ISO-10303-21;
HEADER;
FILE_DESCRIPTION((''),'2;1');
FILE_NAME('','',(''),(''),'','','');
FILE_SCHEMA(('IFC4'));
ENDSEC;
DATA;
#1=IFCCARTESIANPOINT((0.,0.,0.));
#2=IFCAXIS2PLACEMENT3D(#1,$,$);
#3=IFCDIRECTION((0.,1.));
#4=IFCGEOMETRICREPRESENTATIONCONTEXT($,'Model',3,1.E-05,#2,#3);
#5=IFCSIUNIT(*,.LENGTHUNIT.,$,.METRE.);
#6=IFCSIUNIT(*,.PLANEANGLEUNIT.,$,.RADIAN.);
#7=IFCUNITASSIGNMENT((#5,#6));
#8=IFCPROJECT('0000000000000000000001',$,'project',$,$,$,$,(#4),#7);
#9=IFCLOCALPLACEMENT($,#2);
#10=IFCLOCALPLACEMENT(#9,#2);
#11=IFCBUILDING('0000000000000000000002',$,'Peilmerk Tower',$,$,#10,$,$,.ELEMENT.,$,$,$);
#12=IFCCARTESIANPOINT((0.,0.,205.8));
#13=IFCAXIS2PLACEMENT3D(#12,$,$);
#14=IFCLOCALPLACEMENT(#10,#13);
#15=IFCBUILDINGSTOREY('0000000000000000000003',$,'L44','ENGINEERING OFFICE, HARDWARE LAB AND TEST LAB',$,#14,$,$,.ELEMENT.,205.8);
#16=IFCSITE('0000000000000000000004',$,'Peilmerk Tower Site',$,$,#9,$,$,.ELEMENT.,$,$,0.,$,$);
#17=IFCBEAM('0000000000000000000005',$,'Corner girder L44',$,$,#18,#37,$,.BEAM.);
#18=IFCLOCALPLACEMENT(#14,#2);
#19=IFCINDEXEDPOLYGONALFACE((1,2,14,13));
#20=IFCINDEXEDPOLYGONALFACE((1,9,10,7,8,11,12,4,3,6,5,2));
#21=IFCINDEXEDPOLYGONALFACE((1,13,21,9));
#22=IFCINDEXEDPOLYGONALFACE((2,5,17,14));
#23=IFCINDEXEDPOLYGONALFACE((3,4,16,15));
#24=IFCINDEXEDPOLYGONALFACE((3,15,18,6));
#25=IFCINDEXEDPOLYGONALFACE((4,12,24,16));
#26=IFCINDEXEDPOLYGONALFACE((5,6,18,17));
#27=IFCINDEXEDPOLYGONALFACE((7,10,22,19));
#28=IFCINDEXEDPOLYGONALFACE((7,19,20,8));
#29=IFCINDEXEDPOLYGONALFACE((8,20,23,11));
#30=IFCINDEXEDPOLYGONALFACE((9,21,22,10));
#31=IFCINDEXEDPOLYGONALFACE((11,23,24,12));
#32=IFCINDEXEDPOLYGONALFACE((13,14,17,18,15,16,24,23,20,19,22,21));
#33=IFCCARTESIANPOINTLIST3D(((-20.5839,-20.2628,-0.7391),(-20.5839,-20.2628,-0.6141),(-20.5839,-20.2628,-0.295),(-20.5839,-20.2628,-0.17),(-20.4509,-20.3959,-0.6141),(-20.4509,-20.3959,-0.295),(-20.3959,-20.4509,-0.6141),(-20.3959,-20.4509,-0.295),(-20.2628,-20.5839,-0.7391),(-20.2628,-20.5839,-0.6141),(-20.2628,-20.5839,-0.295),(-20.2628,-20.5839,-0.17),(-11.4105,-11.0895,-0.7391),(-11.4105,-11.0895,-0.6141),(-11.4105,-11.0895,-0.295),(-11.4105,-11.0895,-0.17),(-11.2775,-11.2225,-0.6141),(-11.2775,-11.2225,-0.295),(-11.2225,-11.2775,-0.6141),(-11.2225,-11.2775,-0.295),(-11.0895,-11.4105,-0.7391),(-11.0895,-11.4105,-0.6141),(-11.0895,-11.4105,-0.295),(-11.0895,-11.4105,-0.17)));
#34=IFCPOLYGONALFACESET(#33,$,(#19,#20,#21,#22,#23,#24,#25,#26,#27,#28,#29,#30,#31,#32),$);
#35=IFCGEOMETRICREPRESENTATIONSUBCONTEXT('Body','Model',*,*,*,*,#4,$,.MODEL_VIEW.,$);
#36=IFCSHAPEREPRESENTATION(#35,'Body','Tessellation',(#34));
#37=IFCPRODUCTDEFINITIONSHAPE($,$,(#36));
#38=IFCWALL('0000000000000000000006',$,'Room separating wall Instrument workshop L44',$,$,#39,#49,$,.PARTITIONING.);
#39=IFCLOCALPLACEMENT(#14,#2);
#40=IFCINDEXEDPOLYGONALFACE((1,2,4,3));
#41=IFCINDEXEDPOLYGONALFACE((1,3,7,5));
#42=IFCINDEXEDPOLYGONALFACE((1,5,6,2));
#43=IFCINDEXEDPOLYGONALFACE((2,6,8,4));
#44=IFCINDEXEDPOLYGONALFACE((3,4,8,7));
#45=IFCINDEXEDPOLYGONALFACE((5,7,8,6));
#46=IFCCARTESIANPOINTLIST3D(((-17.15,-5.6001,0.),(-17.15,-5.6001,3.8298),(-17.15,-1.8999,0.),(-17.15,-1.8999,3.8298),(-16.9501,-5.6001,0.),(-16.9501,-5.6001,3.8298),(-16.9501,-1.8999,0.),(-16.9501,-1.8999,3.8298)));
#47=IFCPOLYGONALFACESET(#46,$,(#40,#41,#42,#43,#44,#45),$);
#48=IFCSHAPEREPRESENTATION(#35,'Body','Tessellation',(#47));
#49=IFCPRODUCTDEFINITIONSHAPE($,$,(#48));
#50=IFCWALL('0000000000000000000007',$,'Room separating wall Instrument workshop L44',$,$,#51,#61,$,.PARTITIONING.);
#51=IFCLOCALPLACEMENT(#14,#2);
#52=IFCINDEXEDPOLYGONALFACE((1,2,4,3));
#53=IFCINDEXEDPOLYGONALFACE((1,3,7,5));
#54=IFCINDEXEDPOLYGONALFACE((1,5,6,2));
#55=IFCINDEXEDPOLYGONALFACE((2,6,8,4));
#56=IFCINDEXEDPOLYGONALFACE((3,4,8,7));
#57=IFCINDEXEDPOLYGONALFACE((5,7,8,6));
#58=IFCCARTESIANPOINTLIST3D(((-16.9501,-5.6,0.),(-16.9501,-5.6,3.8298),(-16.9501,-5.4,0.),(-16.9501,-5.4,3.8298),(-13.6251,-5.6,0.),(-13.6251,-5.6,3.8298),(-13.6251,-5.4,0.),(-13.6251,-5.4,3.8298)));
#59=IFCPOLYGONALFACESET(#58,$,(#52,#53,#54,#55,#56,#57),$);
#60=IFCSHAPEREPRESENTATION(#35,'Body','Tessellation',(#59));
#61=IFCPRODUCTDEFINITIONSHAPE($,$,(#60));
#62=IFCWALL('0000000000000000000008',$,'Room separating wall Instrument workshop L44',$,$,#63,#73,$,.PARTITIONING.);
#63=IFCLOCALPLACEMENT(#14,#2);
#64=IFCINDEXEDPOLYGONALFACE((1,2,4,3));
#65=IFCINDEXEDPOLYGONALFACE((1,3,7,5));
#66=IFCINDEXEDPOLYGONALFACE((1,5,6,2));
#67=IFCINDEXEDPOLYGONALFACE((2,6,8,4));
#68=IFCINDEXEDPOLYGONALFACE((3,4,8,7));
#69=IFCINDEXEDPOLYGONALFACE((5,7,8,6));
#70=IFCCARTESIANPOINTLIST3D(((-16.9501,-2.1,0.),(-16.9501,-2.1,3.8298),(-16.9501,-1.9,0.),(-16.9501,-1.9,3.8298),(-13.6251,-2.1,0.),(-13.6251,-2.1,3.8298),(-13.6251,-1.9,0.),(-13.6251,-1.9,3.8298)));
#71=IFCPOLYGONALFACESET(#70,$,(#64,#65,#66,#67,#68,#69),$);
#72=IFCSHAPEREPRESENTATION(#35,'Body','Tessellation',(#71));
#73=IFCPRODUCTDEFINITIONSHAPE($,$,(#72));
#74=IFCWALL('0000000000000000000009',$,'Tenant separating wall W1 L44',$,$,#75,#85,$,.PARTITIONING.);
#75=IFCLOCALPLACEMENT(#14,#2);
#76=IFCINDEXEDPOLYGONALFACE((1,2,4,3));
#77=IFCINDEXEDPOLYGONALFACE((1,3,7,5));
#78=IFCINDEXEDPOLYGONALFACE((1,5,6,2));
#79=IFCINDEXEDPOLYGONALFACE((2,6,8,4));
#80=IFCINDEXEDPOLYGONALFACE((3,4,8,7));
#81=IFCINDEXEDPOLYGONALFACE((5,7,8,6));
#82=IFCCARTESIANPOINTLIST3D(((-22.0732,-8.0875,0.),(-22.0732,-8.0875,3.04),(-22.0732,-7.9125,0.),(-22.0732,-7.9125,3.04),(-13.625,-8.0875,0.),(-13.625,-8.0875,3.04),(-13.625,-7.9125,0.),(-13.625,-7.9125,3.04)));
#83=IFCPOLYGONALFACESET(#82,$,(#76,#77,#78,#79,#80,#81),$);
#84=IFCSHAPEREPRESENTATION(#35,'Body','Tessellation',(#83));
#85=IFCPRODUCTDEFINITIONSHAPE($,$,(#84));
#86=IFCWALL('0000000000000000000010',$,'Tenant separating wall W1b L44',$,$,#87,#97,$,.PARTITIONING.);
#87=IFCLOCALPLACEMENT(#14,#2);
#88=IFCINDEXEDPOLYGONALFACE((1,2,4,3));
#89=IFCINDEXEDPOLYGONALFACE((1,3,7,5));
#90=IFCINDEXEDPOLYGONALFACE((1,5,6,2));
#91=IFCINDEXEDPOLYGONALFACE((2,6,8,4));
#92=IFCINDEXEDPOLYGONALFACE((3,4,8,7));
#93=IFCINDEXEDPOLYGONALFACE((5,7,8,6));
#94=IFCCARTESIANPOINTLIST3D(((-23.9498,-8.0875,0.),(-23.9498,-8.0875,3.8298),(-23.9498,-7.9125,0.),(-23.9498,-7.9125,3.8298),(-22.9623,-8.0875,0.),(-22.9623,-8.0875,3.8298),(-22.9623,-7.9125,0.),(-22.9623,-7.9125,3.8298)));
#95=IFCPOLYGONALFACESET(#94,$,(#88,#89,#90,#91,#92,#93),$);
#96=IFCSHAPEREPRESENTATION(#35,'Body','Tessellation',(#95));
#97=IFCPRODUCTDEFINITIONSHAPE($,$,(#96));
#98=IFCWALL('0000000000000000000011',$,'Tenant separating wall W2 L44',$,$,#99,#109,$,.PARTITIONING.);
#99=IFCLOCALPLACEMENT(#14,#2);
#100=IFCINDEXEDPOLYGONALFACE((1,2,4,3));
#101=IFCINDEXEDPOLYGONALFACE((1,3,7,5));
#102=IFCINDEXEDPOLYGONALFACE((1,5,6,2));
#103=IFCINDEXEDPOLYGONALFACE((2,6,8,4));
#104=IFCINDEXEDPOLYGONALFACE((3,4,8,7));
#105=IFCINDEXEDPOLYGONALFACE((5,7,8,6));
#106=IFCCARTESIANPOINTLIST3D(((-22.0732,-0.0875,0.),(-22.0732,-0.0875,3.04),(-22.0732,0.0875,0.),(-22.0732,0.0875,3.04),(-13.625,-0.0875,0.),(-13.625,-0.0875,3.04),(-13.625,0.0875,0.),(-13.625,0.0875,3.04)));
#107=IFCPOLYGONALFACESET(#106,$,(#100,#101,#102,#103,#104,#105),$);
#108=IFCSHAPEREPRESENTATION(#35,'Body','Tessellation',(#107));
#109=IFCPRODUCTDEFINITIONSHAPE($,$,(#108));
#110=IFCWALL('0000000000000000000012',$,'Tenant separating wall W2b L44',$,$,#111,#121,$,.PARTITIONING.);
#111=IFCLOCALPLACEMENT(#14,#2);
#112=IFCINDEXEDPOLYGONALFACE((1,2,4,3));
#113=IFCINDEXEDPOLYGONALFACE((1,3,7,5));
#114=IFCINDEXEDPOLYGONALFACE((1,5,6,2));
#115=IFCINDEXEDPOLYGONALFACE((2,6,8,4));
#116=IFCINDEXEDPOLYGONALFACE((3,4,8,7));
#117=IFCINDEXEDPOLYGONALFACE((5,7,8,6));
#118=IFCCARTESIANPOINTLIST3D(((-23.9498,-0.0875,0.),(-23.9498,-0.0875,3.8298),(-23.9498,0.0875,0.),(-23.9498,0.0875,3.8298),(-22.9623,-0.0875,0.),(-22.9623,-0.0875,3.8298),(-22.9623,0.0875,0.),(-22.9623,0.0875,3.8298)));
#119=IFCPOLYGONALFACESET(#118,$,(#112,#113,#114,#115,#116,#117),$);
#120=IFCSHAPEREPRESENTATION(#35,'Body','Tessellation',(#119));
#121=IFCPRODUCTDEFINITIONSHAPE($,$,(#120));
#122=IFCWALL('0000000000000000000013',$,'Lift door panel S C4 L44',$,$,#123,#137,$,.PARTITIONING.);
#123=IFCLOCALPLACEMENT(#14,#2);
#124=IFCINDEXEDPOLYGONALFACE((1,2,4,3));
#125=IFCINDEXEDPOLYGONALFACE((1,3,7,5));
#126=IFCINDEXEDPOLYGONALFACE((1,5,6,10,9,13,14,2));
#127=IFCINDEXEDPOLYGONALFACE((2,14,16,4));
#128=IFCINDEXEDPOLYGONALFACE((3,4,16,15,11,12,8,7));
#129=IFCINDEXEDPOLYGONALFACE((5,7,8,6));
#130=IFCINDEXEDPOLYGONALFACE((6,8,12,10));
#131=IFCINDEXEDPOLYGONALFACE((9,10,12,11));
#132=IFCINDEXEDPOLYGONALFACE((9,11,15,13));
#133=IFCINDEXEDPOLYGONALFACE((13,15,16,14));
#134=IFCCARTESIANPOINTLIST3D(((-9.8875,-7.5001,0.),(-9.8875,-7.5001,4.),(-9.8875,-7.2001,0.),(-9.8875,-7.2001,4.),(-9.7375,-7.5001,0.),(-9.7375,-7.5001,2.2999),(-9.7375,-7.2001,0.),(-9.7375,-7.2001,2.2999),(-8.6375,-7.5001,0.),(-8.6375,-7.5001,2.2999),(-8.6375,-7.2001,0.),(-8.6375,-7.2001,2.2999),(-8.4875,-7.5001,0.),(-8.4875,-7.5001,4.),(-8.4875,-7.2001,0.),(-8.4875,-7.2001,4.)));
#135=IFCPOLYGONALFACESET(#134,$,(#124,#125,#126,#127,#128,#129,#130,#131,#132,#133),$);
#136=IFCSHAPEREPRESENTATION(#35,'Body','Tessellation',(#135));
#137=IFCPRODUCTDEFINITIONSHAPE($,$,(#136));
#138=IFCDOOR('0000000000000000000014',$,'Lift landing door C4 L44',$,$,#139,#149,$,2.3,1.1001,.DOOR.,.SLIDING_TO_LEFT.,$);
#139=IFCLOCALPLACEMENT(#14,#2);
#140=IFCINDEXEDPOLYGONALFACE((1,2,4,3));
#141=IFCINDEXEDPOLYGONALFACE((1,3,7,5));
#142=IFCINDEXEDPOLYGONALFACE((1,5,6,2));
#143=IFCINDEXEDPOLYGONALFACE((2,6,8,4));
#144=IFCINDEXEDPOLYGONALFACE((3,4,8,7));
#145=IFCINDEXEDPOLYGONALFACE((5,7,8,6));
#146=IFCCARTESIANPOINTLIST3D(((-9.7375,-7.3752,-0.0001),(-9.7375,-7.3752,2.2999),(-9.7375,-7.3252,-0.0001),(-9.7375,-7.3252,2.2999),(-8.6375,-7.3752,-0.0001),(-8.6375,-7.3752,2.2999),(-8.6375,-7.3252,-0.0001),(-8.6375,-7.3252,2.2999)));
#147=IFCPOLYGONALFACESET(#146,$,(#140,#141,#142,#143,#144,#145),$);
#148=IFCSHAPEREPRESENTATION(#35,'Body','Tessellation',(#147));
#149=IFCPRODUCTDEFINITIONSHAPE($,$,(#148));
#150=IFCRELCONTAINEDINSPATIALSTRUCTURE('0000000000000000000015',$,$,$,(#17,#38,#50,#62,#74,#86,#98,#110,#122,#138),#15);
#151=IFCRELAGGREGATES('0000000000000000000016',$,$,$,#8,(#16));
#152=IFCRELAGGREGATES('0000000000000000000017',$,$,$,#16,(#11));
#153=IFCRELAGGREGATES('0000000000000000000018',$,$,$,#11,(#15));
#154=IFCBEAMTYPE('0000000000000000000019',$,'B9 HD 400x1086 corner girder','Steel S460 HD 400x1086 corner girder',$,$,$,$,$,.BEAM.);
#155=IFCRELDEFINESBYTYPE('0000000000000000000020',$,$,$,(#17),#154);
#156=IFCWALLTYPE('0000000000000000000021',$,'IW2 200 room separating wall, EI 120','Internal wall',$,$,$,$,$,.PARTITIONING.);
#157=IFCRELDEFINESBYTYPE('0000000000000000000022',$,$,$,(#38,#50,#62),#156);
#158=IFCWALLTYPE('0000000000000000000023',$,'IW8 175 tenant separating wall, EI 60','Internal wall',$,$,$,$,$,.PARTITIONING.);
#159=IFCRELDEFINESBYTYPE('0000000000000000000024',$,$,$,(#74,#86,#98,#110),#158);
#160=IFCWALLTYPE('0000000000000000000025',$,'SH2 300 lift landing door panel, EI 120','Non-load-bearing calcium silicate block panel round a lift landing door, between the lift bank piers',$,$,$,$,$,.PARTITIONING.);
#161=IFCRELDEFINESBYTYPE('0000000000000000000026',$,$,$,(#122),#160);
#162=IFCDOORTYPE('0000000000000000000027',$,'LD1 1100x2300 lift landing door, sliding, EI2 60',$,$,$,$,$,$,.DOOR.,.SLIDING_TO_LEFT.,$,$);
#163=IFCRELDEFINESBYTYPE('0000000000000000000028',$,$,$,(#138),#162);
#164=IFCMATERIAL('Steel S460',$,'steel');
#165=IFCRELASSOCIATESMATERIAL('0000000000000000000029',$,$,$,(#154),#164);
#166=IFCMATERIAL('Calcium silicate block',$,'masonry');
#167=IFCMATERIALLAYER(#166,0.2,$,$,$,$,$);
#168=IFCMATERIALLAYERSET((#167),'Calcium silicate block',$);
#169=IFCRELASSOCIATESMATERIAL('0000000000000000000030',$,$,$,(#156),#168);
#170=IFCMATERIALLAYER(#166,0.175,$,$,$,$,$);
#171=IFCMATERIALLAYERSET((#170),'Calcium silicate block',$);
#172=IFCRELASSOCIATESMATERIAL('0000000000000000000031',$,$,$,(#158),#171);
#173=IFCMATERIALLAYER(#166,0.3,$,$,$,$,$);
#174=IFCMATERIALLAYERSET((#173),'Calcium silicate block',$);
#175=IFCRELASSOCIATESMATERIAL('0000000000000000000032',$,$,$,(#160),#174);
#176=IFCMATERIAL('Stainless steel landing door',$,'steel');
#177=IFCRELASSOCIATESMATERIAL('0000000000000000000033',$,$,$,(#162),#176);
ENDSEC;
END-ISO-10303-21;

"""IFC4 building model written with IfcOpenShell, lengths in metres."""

from ifc_helpers import new_model, si_unit, direction, frame, frame_2d, origin, origin_2d, place, context, subcontext, project, spatial, rectangle, i_section, extrude, material, layer, layer_set, material_profile, profile_set, type_object, element, fill, save


model = new_model("IFC4")

# Units and contexts
model_context = context("Model", 3, precision=1e-05, world=origin(), true_north=direction((0.0, 1.0)))
body_context = subcontext(model_context, "Body", "Model", "MODEL_VIEW")
ifc_project = project(units=[si_unit("LENGTHUNIT", "METRE"), si_unit("PLANEANGLEUNIT", "RADIAN")], contexts=[model_context])

# Site, building, storey
site_placement = place(None, origin())
site = spatial("IfcSite", under=ifc_project, at=site_placement, Name="Peilmerk Tower Site", CompositionType="ELEMENT", RefElevation=0.0)
building_placement = place(site_placement, origin())
building = spatial("IfcBuilding", under=site, at=building_placement, Name="Peilmerk Tower", CompositionType="ELEMENT")
storey_placement = place(building_placement, frame((0.0, 0.0, 205.8)))
storey = spatial("IfcBuildingStorey", under=building, at=storey_placement, Name="L44", Description="ENGINEERING OFFICE, HARDWARE LAB AND TEST LAB", CompositionType="ELEMENT", Elevation=205.8)

# Shared definitions
ifc_material_1 = material(Name="Steel S460", Category="steel")

# Beam
ifc_material_profile_1 = material_profile(ifc_material_1, i_section(OverallWidth=0.4541, OverallDepth=0.5691, WebThickness=0.0779, FlangeThickness=0.125, at=origin_2d()), Name="HD 400x1086")
ifc_profile_set_1 = profile_set([ifc_material_profile_1], Name="Steel S460")
beam_type_1 = type_object("IfcBeamType", Name="B9 HD 400x1086 corner girder", Description="Steel S460 HD 400x1086 corner girder", PredefinedType="BEAM", material=ifc_profile_set_1)
beam_1_placement = place(storey_placement, frame((-11.25, -11.25, -0.4546), z_axis=(-0.707107, -0.707107, 0.0), x_axis=(0.707107, -0.707107, 0.0)))
element("IfcBeam", 1, at=beam_1_placement, inside=storey, type_object=beam_type_1, Name="Corner girder L44", PredefinedType="BEAM", context=body_context, shape_type="SweptSolid", body=[
    extrude(i_section(OverallWidth=0.4541, OverallDepth=0.5691, WebThickness=0.0779, FlangeThickness=0.125, at=origin_2d()), origin(), (0.0, 0.0, 1.0), 12.9731),
])

# Walls
ifc_material_2 = material(Name="Calcium silicate block", Category="masonry")
ifc_layer_1 = layer(ifc_material_2, 0.2)
ifc_layer_set_1 = layer_set([ifc_layer_1], Name="Calcium silicate block")
wall_type_1 = type_object("IfcWallType", Name="IW2 200 room separating wall, EI 120", Description="Internal wall", PredefinedType="PARTITIONING", material=ifc_layer_set_1)
wall_1_placement = place(storey_placement, frame((-17.05, -5.6001, 0.0), z_axis=(0.0, 0.0, 1.0), x_axis=(0.0, 1.0, 0.0)))
element("IfcWall", 2, at=wall_1_placement, inside=storey, type_object=wall_type_1, Name="Room separating wall Instrument workshop L44", PredefinedType="PARTITIONING", context=body_context, shape_type="SweptSolid", body=[
    extrude(rectangle(XDim=3.7002, YDim=0.2, at=frame_2d((1.8501, 0.0))), origin(), (0.0, 0.0, 1.0), 3.8298),
])
for number, where, z_axis, x_axis, name in (
    (3, (-13.625, -5.5, 0.0), (0.0, 0.0, 1.0), (-1.0, 0.0, 0.0), "Room separating wall Instrument workshop L44"),
    (4, (-13.625, -2.0, 0.0), (0.0, 0.0, 1.0), (-1.0, 0.0, 0.0), "Room separating wall Instrument workshop L44"),
):
    element("IfcWall", number, at=place(storey_placement, frame(where, z_axis=z_axis, x_axis=x_axis)), inside=storey, type_object=wall_type_1, Name=name, PredefinedType="PARTITIONING", context=body_context, shape_type="SweptSolid", body=[
        extrude(rectangle(XDim=3.325, YDim=0.2, at=frame_2d((1.6626, 0.0))), origin(), (0.0, 0.0, 1.0), 3.8298),
    ])
ifc_layer_2 = layer(ifc_material_2, 0.175)
ifc_layer_set_2 = layer_set([ifc_layer_2], Name="Calcium silicate block")
wall_type_2 = type_object("IfcWallType", Name="IW8 175 tenant separating wall, EI 60", Description="Internal wall", PredefinedType="PARTITIONING", material=ifc_layer_set_2)
wall_2_placement = place(storey_placement, frame((-13.625, -8.0, 0.0), z_axis=(0.0, 0.0, 1.0), x_axis=(-1.0, 0.0, 0.0)))
element("IfcWall", 5, at=wall_2_placement, inside=storey, type_object=wall_type_2, Name="Tenant separating wall W1 L44", PredefinedType="PARTITIONING", context=body_context, shape_type="SweptSolid", body=[
    extrude(rectangle(XDim=8.4482, YDim=0.175, at=frame_2d((4.2241, 0.0))), origin(), (0.0, 0.0, 1.0), 3.04),
])
wall_3_placement = place(storey_placement, frame((-22.9624, -8.0, 0.0), z_axis=(0.0, 0.0, 1.0), x_axis=(-1.0, 0.0, 0.0)))
element("IfcWall", 6, at=wall_3_placement, inside=storey, type_object=wall_type_2, Name="Tenant separating wall W1b L44", PredefinedType="PARTITIONING", context=body_context, shape_type="SweptSolid", body=[
    extrude(rectangle(XDim=0.9875, YDim=0.175, at=frame_2d((0.4937, 0.0))), origin(), (0.0, 0.0, 1.0), 3.8298),
])
wall_4_placement = place(storey_placement, frame((-13.625, 0.0, 0.0), z_axis=(0.0, 0.0, 1.0), x_axis=(-1.0, 0.0, 0.0)))
element("IfcWall", 7, at=wall_4_placement, inside=storey, type_object=wall_type_2, Name="Tenant separating wall W2 L44", PredefinedType="PARTITIONING", context=body_context, shape_type="SweptSolid", body=[
    extrude(rectangle(XDim=8.4482, YDim=0.175, at=frame_2d((4.2241, 0.0))), origin(), (0.0, 0.0, 1.0), 3.04),
])
wall_5_placement = place(storey_placement, frame((-22.9624, 0.0, 0.0), z_axis=(0.0, 0.0, 1.0), x_axis=(-1.0, 0.0, 0.0)))
element("IfcWall", 8, at=wall_5_placement, inside=storey, type_object=wall_type_2, Name="Tenant separating wall W2b L44", PredefinedType="PARTITIONING", context=body_context, shape_type="SweptSolid", body=[
    extrude(rectangle(XDim=0.9875, YDim=0.175, at=frame_2d((0.4937, 0.0))), origin(), (0.0, 0.0, 1.0), 3.8298),
])

# Wall, opening, door
ifc_layer_3 = layer(ifc_material_2, 0.3)
ifc_layer_set_3 = layer_set([ifc_layer_3], Name="Calcium silicate block")
wall_type_3 = type_object("IfcWallType", Name="SH2 300 lift landing door panel, EI 120", Description="Non-load-bearing calcium silicate block panel round a lift landing door, between the lift bank piers", PredefinedType="PARTITIONING", material=ifc_layer_set_3)
wall_6_placement = place(storey_placement, frame((-9.8875, -7.3501, 0.0), z_axis=(0.0, 0.0, 1.0), x_axis=(1.0, 0.0, 0.0)))
wall_6 = element("IfcWall", 9, at=wall_6_placement, inside=storey, type_object=wall_type_3, Name="Lift door panel S C4 L44", PredefinedType="PARTITIONING", context=body_context, shape_type="SweptSolid", body=[
    extrude(rectangle(XDim=1.3999, YDim=0.3, at=frame_2d((0.7, 0.0))), origin(), (0.0, 0.0, 1.0), 4.0),
])
opening_1_placement = place(wall_6_placement, frame((0.1499, 0.0, 0.0)))
opening_1 = element("IfcOpeningElement", 10, at=opening_1_placement, cuts=wall_6, PredefinedType="OPENING", context=body_context, shape_type="SweptSolid", body=[
    extrude(rectangle(XDim=1.1001, YDim=2.3, at=frame_2d((0.55, 1.1499))), frame((0.0, 0.1599, 0.0), z_axis=(0.0, -1.0, 0.0), x_axis=(1.0, 0.0, 0.0)), (0.0, 0.0, 1.0), 0.3201),
])
ifc_material_3 = material(Name="Stainless steel landing door", Category="steel")
door_type_1 = type_object("IfcDoorType", Name="LD1 1100x2300 lift landing door, sliding, EI2 60", OperationType="SLIDING_TO_LEFT", PredefinedType="DOOR", material=ifc_material_3)
door_1_placement = place(opening_1_placement, origin())
door_1 = element("IfcDoor", 11, at=door_1_placement, inside=storey, type_object=door_type_1, Name="Lift landing door C4 L44", OperationType="SLIDING_TO_LEFT", OverallHeight=2.3, OverallWidth=1.1001, PredefinedType="DOOR", context=body_context, shape_type="SweptSolid", body=[
    extrude(rectangle(XDim=1.1001, YDim=2.3, at=frame_2d((0.55, 1.1499))), frame((0.0, 0.0249, 0.0), z_axis=(0.0, -1.0, 0.0), x_axis=(1.0, 0.0, 0.0)), (0.0, 0.0, 1.0), 0.05),
])
fill(opening_1, door_1)

save(model, "model.ifc")
